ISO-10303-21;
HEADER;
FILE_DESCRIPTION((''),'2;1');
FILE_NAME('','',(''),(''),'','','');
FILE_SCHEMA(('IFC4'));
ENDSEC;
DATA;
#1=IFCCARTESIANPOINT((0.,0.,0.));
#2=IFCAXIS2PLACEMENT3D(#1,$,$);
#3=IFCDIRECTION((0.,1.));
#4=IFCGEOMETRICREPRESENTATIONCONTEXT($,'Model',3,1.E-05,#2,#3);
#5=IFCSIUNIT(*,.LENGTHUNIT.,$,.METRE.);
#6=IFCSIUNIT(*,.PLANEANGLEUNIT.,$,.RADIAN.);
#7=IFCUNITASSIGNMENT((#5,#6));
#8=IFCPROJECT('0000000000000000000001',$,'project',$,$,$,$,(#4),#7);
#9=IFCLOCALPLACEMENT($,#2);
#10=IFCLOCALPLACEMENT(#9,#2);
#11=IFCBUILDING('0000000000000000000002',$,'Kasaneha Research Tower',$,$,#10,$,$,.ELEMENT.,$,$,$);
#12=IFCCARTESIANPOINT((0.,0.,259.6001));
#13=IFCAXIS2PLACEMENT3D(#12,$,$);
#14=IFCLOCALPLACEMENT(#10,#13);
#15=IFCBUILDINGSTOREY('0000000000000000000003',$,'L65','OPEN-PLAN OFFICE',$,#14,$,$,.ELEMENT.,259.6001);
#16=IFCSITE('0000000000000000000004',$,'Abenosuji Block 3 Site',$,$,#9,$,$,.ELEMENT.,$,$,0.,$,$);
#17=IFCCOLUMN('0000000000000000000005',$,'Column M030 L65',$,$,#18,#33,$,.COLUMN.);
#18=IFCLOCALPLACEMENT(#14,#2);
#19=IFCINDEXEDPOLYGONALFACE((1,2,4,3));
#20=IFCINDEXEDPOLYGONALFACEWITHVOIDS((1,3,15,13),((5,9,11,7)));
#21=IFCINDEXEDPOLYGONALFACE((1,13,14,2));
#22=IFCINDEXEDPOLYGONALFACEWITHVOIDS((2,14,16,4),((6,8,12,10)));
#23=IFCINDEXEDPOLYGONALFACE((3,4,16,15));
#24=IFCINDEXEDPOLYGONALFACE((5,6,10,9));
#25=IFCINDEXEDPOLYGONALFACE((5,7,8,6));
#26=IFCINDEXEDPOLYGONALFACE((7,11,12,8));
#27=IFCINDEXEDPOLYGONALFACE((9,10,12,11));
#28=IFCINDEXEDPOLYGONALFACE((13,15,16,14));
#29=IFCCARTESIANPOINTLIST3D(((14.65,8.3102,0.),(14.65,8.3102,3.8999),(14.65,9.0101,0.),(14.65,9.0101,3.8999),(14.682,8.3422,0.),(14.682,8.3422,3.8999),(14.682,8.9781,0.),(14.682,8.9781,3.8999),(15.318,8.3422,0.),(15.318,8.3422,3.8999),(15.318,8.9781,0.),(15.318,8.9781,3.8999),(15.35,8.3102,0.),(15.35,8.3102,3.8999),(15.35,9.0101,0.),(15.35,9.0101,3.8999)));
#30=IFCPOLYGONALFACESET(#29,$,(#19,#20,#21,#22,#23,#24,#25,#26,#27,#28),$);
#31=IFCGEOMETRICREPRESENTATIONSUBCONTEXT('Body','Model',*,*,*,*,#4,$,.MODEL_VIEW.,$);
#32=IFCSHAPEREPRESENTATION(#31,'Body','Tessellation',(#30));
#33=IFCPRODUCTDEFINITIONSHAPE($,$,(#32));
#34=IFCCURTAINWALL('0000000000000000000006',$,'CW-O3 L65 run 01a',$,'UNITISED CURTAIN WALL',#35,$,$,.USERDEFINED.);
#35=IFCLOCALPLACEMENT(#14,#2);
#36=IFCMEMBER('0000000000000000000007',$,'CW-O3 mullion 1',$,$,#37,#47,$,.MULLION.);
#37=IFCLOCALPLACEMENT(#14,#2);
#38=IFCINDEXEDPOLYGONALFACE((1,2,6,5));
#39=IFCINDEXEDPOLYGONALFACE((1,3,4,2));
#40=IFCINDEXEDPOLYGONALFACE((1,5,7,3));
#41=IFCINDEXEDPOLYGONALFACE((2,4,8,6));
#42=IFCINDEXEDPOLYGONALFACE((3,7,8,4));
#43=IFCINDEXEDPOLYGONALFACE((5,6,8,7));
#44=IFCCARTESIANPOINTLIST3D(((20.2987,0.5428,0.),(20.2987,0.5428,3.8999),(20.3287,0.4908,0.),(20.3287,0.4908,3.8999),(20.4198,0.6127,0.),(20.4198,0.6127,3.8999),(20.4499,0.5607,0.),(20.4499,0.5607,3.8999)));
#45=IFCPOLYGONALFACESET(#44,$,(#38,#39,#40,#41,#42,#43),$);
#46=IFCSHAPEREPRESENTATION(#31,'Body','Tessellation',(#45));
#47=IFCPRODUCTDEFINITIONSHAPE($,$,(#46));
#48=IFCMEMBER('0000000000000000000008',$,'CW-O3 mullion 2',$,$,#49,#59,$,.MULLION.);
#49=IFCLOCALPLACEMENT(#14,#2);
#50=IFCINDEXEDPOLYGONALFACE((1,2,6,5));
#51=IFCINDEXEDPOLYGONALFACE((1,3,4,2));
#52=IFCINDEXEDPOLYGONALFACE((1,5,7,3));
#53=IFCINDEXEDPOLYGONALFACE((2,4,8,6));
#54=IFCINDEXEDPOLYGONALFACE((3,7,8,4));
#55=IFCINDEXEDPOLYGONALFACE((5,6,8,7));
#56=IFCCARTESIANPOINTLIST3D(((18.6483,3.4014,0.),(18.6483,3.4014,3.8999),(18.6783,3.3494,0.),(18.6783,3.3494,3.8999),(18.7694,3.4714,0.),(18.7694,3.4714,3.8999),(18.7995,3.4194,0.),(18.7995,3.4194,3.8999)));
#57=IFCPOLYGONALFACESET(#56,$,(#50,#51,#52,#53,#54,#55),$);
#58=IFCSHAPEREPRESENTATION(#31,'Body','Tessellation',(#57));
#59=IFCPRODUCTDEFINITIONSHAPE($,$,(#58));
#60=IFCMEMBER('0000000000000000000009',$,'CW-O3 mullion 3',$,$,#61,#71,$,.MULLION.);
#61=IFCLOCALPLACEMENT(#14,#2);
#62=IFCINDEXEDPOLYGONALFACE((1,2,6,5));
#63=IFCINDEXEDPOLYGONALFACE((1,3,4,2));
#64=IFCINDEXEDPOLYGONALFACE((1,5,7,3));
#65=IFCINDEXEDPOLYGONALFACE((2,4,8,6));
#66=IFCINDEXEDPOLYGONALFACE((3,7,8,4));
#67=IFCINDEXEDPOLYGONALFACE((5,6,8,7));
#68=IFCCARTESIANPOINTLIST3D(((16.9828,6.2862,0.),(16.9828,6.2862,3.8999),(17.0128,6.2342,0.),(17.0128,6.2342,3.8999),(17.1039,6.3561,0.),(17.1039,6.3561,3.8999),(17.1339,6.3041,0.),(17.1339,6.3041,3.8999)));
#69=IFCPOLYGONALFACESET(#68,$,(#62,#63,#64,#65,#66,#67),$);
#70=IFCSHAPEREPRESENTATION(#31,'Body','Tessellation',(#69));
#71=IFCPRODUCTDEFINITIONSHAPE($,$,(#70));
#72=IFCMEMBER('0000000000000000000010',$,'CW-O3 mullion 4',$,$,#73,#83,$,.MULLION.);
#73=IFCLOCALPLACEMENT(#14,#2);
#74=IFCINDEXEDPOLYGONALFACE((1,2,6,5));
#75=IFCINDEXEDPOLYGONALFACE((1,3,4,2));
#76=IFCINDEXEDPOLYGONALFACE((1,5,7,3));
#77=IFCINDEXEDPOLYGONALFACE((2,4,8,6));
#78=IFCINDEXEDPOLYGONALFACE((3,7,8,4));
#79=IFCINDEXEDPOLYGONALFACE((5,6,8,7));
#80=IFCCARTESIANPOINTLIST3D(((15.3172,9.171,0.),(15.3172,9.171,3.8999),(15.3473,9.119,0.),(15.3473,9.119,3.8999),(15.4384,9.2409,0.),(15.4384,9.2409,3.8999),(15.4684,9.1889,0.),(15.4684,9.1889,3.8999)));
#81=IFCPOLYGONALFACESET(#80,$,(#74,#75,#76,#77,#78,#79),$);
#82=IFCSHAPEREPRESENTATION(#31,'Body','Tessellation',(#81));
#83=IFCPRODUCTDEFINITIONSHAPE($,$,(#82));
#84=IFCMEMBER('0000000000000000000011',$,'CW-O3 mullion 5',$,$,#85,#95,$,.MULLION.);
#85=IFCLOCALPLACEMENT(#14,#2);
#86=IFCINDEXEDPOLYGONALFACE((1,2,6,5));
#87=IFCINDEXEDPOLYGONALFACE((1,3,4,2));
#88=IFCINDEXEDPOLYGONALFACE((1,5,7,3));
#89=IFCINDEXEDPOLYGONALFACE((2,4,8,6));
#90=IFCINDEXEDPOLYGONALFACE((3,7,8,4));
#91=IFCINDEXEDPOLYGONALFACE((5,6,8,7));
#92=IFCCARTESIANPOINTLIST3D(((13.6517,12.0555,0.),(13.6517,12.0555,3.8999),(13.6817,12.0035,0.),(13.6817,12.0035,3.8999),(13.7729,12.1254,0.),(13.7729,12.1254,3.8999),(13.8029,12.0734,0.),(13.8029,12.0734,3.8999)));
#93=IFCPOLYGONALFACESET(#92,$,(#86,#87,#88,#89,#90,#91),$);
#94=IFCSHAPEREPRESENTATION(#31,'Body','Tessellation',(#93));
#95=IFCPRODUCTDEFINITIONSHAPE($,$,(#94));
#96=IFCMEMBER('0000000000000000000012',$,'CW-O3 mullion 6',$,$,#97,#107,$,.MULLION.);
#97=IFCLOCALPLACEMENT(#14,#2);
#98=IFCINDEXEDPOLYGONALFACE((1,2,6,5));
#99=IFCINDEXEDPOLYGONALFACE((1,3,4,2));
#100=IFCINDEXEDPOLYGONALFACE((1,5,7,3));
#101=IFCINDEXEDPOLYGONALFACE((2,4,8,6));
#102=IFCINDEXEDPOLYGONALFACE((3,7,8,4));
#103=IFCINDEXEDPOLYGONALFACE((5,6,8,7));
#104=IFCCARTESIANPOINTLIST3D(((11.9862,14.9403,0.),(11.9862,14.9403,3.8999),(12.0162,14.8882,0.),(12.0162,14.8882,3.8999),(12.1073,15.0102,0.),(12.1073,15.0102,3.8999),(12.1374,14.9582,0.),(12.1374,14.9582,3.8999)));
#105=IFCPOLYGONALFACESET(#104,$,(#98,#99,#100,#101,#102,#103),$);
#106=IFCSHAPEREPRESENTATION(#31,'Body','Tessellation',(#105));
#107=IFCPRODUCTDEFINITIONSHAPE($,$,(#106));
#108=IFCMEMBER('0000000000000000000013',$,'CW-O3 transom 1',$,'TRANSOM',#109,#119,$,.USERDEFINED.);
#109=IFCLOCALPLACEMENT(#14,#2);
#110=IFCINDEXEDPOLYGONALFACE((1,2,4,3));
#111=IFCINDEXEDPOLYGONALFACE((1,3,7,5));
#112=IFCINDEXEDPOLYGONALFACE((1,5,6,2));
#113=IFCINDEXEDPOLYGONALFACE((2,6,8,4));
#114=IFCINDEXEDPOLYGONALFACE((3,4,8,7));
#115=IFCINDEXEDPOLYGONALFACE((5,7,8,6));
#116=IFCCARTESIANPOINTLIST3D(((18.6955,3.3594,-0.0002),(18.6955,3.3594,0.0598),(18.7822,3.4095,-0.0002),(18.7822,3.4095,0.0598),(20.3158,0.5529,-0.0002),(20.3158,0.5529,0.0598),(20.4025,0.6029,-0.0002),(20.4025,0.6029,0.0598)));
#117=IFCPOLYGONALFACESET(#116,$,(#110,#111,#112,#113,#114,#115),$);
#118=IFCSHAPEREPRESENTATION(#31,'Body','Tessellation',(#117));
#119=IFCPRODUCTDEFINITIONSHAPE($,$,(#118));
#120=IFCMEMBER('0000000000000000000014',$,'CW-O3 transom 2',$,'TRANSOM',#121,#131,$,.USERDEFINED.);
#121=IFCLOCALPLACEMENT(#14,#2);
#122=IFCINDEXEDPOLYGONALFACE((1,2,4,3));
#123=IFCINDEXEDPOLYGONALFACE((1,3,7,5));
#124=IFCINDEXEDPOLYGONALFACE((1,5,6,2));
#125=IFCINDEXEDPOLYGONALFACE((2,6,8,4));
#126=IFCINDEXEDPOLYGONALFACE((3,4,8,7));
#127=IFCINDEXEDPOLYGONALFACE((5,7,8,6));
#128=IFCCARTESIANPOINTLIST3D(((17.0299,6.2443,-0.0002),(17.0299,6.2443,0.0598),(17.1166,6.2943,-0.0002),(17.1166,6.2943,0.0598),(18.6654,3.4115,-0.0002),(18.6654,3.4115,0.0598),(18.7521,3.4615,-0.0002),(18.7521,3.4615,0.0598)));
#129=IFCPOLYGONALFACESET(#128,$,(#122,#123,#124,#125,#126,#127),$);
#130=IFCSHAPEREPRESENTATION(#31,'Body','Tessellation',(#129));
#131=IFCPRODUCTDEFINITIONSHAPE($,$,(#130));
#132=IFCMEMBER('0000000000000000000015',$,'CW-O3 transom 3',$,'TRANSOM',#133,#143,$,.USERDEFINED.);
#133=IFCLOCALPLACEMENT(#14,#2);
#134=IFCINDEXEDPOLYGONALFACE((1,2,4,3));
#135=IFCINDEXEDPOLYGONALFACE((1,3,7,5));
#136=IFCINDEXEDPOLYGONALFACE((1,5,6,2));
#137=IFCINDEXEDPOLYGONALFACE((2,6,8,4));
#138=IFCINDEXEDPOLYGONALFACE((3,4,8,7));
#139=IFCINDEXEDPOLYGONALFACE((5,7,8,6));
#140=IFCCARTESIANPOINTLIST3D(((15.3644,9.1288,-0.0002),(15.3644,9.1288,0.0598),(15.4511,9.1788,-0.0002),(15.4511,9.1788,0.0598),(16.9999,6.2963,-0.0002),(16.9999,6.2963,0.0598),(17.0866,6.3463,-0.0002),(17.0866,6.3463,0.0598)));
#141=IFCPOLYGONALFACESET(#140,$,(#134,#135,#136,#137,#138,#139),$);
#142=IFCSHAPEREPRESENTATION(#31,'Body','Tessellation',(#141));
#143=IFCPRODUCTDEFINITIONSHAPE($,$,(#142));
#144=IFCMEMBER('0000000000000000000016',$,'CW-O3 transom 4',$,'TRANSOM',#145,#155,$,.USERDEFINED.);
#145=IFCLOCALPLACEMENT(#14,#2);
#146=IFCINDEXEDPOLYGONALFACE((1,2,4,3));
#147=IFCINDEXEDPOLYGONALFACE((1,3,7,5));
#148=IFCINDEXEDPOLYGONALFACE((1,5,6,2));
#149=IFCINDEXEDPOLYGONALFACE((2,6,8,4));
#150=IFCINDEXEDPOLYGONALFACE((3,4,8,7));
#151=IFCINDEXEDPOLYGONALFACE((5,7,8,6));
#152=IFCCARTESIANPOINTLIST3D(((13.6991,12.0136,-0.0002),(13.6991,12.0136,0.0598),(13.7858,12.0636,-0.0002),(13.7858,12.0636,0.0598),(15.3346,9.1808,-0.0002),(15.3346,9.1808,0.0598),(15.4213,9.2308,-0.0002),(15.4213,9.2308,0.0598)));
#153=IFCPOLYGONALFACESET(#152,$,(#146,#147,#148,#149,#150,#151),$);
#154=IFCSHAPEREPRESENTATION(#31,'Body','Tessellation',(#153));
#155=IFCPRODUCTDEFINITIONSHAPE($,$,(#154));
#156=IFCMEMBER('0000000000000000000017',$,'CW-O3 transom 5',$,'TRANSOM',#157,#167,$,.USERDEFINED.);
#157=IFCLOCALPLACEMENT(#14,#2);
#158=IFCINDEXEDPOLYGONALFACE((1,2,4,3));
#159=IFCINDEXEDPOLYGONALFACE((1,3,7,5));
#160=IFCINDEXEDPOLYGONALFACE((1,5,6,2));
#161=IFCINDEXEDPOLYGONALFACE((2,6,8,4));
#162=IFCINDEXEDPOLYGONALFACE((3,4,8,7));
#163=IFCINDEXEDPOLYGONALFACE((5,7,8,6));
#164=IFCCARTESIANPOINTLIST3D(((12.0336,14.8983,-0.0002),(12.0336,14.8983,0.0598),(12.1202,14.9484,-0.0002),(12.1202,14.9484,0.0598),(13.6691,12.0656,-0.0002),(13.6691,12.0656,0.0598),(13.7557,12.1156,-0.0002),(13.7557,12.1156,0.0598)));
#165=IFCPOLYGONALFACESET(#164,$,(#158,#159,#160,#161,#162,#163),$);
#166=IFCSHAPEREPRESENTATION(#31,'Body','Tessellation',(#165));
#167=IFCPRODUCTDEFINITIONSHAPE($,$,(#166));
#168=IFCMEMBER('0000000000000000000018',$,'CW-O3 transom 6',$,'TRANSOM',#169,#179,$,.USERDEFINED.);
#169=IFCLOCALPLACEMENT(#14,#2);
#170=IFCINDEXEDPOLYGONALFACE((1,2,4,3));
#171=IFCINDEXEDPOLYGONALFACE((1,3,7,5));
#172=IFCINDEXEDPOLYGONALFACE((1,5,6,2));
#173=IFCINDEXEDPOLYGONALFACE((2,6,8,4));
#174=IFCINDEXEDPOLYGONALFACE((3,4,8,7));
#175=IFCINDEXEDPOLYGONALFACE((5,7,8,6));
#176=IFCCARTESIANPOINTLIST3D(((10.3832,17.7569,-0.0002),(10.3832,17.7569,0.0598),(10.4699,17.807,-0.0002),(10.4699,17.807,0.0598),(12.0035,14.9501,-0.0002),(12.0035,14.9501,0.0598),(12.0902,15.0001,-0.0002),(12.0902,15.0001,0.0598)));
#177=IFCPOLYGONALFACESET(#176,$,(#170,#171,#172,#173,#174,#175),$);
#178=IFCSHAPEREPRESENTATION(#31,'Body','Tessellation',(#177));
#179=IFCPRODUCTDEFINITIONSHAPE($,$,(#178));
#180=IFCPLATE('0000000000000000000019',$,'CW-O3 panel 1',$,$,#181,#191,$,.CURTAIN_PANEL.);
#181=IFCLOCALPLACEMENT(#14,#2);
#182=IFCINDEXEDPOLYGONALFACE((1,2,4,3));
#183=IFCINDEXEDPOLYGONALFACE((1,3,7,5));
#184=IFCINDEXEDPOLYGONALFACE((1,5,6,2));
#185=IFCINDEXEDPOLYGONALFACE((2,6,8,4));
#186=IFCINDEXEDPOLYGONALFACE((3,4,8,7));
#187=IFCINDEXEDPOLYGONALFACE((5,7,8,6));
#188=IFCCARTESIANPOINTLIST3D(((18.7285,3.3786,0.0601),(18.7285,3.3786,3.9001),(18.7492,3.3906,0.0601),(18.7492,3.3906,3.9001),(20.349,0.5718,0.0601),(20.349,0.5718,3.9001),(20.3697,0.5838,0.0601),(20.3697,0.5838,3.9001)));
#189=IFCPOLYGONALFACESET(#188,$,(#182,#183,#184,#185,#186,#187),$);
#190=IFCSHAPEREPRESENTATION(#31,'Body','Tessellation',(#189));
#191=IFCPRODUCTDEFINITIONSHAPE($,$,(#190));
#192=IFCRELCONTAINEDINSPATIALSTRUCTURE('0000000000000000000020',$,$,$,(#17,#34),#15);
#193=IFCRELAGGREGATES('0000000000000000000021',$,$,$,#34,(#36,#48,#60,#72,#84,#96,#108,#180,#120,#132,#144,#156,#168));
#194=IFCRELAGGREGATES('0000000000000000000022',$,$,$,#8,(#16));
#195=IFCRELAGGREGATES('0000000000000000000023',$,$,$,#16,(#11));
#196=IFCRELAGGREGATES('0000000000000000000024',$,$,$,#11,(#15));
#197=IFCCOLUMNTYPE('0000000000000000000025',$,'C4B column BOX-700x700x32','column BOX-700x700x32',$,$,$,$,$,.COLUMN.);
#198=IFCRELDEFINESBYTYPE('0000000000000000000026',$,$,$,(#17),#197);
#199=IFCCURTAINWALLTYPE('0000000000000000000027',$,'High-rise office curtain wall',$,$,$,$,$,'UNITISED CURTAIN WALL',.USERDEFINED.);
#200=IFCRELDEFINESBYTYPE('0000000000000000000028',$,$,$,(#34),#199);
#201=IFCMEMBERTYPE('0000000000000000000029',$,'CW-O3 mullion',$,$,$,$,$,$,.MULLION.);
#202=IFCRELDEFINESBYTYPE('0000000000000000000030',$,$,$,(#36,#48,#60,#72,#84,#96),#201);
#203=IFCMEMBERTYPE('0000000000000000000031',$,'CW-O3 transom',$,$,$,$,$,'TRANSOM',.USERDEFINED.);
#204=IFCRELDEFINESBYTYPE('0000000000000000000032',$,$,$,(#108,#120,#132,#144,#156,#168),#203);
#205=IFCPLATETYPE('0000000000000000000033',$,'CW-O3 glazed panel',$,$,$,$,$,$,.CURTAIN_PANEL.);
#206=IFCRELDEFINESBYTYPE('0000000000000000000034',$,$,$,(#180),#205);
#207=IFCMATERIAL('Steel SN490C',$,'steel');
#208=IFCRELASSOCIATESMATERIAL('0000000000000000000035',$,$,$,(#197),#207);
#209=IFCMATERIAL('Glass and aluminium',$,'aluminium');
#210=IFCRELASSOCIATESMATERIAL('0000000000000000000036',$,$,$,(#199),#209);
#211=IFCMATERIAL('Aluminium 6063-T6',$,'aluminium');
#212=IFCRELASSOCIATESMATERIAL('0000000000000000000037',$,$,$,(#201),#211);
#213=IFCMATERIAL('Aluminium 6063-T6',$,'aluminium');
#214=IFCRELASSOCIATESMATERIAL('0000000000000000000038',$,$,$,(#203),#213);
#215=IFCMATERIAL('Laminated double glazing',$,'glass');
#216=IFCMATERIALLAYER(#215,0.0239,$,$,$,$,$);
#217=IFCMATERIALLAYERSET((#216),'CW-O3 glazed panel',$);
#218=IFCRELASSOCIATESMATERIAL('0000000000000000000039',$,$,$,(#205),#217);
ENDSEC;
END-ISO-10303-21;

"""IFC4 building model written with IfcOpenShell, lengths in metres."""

from ifc_helpers import new_model, si_unit, direction, frame, origin, origin_2d, place, context, subcontext, project, spatial, rectangle, hollow_rectangle, extrude, material, layer, layer_set, material_profile, profile_set, type_object, element, aggregate, save


model = new_model("IFC4")

# Units and contexts
model_context = context("Model", 3, precision=1e-05, world=origin(), true_north=direction((0.0, 1.0)))
body_context = subcontext(model_context, "Body", "Model", "MODEL_VIEW")
ifc_project = project(units=[si_unit("LENGTHUNIT", "METRE"), si_unit("PLANEANGLEUNIT", "RADIAN")], contexts=[model_context])

# Site, building, storey
site_placement = place(None, origin())
site = spatial("IfcSite", under=ifc_project, at=site_placement, Name="Abenosuji Block 3 Site", CompositionType="ELEMENT", RefElevation=0.0)
building_placement = place(site_placement, origin())
building = spatial("IfcBuilding", under=site, at=building_placement, Name="Kasaneha Research Tower", CompositionType="ELEMENT")
storey_placement = place(building_placement, frame((0.0, 0.0, 259.6001)))
storey = spatial("IfcBuildingStorey", under=building, at=storey_placement, Name="L65", Description="OPEN-PLAN OFFICE", CompositionType="ELEMENT", Elevation=259.6001)

# Column
ifc_material_1 = material(Name="Steel SN490C", Category="steel")
ifc_material_profile_1 = material_profile(ifc_material_1, hollow_rectangle(XDim=0.7, YDim=0.7, WallThickness=0.032, at=origin_2d()), Name="BOX-700x700x32")
ifc_profile_set_1 = profile_set([ifc_material_profile_1], Name="Steel SN490C")
column_type = type_object("IfcColumnType", Name="C4B column BOX-700x700x32", Description="column BOX-700x700x32", PredefinedType="COLUMN", material=ifc_profile_set_1)
column_placement = place(storey_placement, frame((15.0, 8.6602, 0.0), z_axis=(0.0, 0.0, 1.0), x_axis=(1.0, 0.0, 0.0)))
element("IfcColumn", 1, at=column_placement, inside=storey, type_object=column_type, Name="Column M030 L65", PredefinedType="COLUMN", context=body_context, shape_type="SweptSolid", body=[
    extrude(hollow_rectangle(XDim=0.7, YDim=0.7, WallThickness=0.032, at=origin_2d()), origin(), (0.0, 0.0, 1.0), 3.8999),
])

# Curtain wall, members, plate
ifc_material_2 = material(Name="Glass and aluminium", Category="aluminium")
curtain_wall_type = type_object("IfcCurtainWallType", Name="High-rise office curtain wall", ElementType="UNITISED CURTAIN WALL", PredefinedType="USERDEFINED", material=ifc_material_2)
curtain_wall_placement = place(storey_placement, origin())
curtain_wall = element("IfcCurtainWall", 2, at=curtain_wall_placement, inside=storey, type_object=curtain_wall_type, Name="CW-O3 L65 run 01a", ObjectType="UNITISED CURTAIN WALL", PredefinedType="USERDEFINED")
ifc_material_3 = material(Name="Aluminium 6063-T6", Category="aluminium")
ifc_material_profile_2 = material_profile(ifc_material_3, rectangle(XDim=0.0601, YDim=0.1399, at=origin_2d()), Name="CW-O3 mullion 60x140")
ifc_profile_set_2 = profile_set([ifc_material_profile_2], Name="Aluminium 6063-T6")
member_type_1 = type_object("IfcMemberType", Name="CW-O3 mullion", PredefinedType="MULLION", material=ifc_profile_set_2)
member_1_placement = place(storey_placement, frame((20.3743, 0.5518, 0.0), z_axis=(0.0, 0.0, 1.0), x_axis=(-0.5, 0.866025, 0.0)))
member_1 = element("IfcMember", 3, at=member_1_placement, type_object=member_type_1, Name="CW-O3 mullion 1", PredefinedType="MULLION", context=body_context, shape_type="SweptSolid", body=[
    extrude(rectangle(XDim=0.0601, YDim=0.1399, at=origin_2d()), origin(), (0.0, 0.0, 1.0), 3.8999),
])
member_2_placement = place(storey_placement, frame((18.7239, 3.4104, 0.0), z_axis=(0.0, 0.0, 1.0), x_axis=(-0.5, 0.866025, 0.0)))
member_2 = element("IfcMember", 4, at=member_2_placement, type_object=member_type_1, Name="CW-O3 mullion 2", PredefinedType="MULLION", context=body_context, shape_type="SweptSolid", body=[
    extrude(rectangle(XDim=0.0601, YDim=0.1399, at=origin_2d()), origin(), (0.0, 0.0, 1.0), 3.8999),
])
member_3_placement = place(storey_placement, frame((17.0583, 6.2952, 0.0), z_axis=(0.0, 0.0, 1.0), x_axis=(-0.5, 0.866025, 0.0)))
member_3 = element("IfcMember", 5, at=member_3_placement, type_object=member_type_1, Name="CW-O3 mullion 3", PredefinedType="MULLION", context=body_context, shape_type="SweptSolid", body=[
    extrude(rectangle(XDim=0.0601, YDim=0.1399, at=origin_2d()), origin(), (0.0, 0.0, 1.0), 3.8999),
])
member_4_placement = place(storey_placement, frame((15.3928, 9.1799, 0.0), z_axis=(0.0, 0.0, 1.0), x_axis=(-0.5, 0.866025, 0.0)))
member_4 = element("IfcMember", 6, at=member_4_placement, type_object=member_type_1, Name="CW-O3 mullion 4", PredefinedType="MULLION", context=body_context, shape_type="SweptSolid", body=[
    extrude(rectangle(XDim=0.0601, YDim=0.1399, at=origin_2d()), origin(), (0.0, 0.0, 1.0), 3.8999),
])
member_5_placement = place(storey_placement, frame((13.7273, 12.0645, 0.0), z_axis=(0.0, 0.0, 1.0), x_axis=(-0.5, 0.866025, 0.0)))
member_5 = element("IfcMember", 7, at=member_5_placement, type_object=member_type_1, Name="CW-O3 mullion 5", PredefinedType="MULLION", context=body_context, shape_type="SweptSolid", body=[
    extrude(rectangle(XDim=0.0601, YDim=0.1399, at=origin_2d()), origin(), (0.0, 0.0, 1.0), 3.8999),
])
member_6_placement = place(storey_placement, frame((12.0618, 14.9492, 0.0), z_axis=(0.0, 0.0, 1.0), x_axis=(-0.5, 0.866025, 0.0)))
member_6 = element("IfcMember", 8, at=member_6_placement, type_object=member_type_1, Name="CW-O3 mullion 6", PredefinedType="MULLION", context=body_context, shape_type="SweptSolid", body=[
    extrude(rectangle(XDim=0.0601, YDim=0.1399, at=origin_2d()), origin(), (0.0, 0.0, 1.0), 3.8999),
])
ifc_material_4 = material(Name="Aluminium 6063-T6", Category="aluminium")
ifc_material_profile_3 = material_profile(ifc_material_4, rectangle(XDim=0.1001, YDim=0.0601, at=origin_2d()), Name="CW-O3 transom 100x60")
ifc_profile_set_3 = profile_set([ifc_material_profile_3], Name="Aluminium 6063-T6")
member_type_2 = type_object("IfcMemberType", Name="CW-O3 transom", ElementType="TRANSOM", PredefinedType="USERDEFINED", material=ifc_profile_set_3)
member_7_placement = place(storey_placement, frame((20.3591, 0.5779, 0.0298), z_axis=(-0.499988, 0.866033, 0.0), x_axis=(-0.866033, -0.499988, 0.0)))
member_7 = element("IfcMember", 9, at=member_7_placement, type_object=member_type_2, Name="CW-O3 transom 1", ObjectType="TRANSOM", PredefinedType="USERDEFINED", context=body_context, shape_type="SweptSolid", body=[
    extrude(rectangle(XDim=0.1001, YDim=0.0601, at=origin_2d()), origin(), (0.0, 0.0, 1.0), 3.2407),
])
member_8_placement = place(storey_placement, frame((18.7087, 3.4365, 0.0298), z_axis=(-0.5, 0.866025, 0.0), x_axis=(-0.866025, -0.5, 0.0)))
member_8 = element("IfcMember", 10, at=member_8_placement, type_object=member_type_2, Name="CW-O3 transom 2", ObjectType="TRANSOM", PredefinedType="USERDEFINED", context=body_context, shape_type="SweptSolid", body=[
    extrude(rectangle(XDim=0.1001, YDim=0.0601, at=origin_2d()), origin(), (0.0, 0.0, 1.0), 3.271),
])
member_9_placement = place(storey_placement, frame((17.0432, 6.3213, 0.0298), z_axis=(-0.500033, 0.866007, 0.0), x_axis=(-0.866007, -0.500033, 0.0)))
member_9 = element("IfcMember", 11, at=member_9_placement, type_object=member_type_2, Name="CW-O3 transom 3", ObjectType="TRANSOM", PredefinedType="USERDEFINED", context=body_context, shape_type="SweptSolid", body=[
    extrude(rectangle(XDim=0.1001, YDim=0.0601, at=origin_2d()), origin(), (0.0, 0.0, 1.0), 3.2708),
])
member_10_placement = place(storey_placement, frame((15.3779, 9.2058, 0.0298), z_axis=(-0.5, 0.866025, 0.0), x_axis=(-0.866025, -0.5, 0.0)))
member_10 = element("IfcMember", 12, at=member_10_placement, type_object=member_type_2, Name="CW-O3 transom 4", ObjectType="TRANSOM", PredefinedType="USERDEFINED", context=body_context, shape_type="SweptSolid", body=[
    extrude(rectangle(XDim=0.1001, YDim=0.0601, at=origin_2d()), origin(), (0.0, 0.0, 1.0), 3.271),
])
member_11_placement = place(storey_placement, frame((13.7124, 12.0906, 0.0298), z_axis=(-0.5, 0.866025, 0.0), x_axis=(-0.866025, -0.5, 0.0)))
member_11 = element("IfcMember", 13, at=member_11_placement, type_object=member_type_2, Name="CW-O3 transom 5", ObjectType="TRANSOM", PredefinedType="USERDEFINED", context=body_context, shape_type="SweptSolid", body=[
    extrude(rectangle(XDim=0.1001, YDim=0.0601, at=origin_2d()), origin(), (0.0, 0.0, 1.0), 3.271),
])
member_12_placement = place(storey_placement, frame((12.0469, 14.9751, 0.0298), z_axis=(-0.499955, 0.866051, 0.0), x_axis=(-0.866051, -0.499955, 0.0)))
member_12 = element("IfcMember", 14, at=member_12_placement, type_object=member_type_2, Name="CW-O3 transom 6", ObjectType="TRANSOM", PredefinedType="USERDEFINED", context=body_context, shape_type="SweptSolid", body=[
    extrude(rectangle(XDim=0.1001, YDim=0.0601, at=origin_2d()), origin(), (0.0, 0.0, 1.0), 3.241),
])
ifc_material_5 = material(Name="Laminated double glazing", Category="glass")
ifc_layer_1 = layer(ifc_material_5, 0.0239)
ifc_layer_set_1 = layer_set([ifc_layer_1], Name="CW-O3 glazed panel")
plate_type = type_object("IfcPlateType", Name="CW-O3 glazed panel", PredefinedType="CURTAIN_PANEL", material=ifc_layer_set_1)
plate_1_placement = place(storey_placement, frame((19.5491, 1.9812, 0.0601), z_axis=(0.0, 0.0, 1.0), x_axis=(-0.5, 0.866025, 0.0)))
plate_1 = element("IfcPlate", 15, at=plate_1_placement, type_object=plate_type, Name="CW-O3 panel 1", PredefinedType="CURTAIN_PANEL", context=body_context, shape_type="SweptSolid", body=[
    extrude(rectangle(XDim=3.241, YDim=0.0239, at=origin_2d()), origin(), (0.0, 0.0, 1.0), 3.8401),
])
aggregate(curtain_wall, [member_1, member_2, member_3, member_4, member_5, member_6, member_7, plate_1, member_8, member_9, member_10, member_11, member_12])

save(model, "model.ifc")
